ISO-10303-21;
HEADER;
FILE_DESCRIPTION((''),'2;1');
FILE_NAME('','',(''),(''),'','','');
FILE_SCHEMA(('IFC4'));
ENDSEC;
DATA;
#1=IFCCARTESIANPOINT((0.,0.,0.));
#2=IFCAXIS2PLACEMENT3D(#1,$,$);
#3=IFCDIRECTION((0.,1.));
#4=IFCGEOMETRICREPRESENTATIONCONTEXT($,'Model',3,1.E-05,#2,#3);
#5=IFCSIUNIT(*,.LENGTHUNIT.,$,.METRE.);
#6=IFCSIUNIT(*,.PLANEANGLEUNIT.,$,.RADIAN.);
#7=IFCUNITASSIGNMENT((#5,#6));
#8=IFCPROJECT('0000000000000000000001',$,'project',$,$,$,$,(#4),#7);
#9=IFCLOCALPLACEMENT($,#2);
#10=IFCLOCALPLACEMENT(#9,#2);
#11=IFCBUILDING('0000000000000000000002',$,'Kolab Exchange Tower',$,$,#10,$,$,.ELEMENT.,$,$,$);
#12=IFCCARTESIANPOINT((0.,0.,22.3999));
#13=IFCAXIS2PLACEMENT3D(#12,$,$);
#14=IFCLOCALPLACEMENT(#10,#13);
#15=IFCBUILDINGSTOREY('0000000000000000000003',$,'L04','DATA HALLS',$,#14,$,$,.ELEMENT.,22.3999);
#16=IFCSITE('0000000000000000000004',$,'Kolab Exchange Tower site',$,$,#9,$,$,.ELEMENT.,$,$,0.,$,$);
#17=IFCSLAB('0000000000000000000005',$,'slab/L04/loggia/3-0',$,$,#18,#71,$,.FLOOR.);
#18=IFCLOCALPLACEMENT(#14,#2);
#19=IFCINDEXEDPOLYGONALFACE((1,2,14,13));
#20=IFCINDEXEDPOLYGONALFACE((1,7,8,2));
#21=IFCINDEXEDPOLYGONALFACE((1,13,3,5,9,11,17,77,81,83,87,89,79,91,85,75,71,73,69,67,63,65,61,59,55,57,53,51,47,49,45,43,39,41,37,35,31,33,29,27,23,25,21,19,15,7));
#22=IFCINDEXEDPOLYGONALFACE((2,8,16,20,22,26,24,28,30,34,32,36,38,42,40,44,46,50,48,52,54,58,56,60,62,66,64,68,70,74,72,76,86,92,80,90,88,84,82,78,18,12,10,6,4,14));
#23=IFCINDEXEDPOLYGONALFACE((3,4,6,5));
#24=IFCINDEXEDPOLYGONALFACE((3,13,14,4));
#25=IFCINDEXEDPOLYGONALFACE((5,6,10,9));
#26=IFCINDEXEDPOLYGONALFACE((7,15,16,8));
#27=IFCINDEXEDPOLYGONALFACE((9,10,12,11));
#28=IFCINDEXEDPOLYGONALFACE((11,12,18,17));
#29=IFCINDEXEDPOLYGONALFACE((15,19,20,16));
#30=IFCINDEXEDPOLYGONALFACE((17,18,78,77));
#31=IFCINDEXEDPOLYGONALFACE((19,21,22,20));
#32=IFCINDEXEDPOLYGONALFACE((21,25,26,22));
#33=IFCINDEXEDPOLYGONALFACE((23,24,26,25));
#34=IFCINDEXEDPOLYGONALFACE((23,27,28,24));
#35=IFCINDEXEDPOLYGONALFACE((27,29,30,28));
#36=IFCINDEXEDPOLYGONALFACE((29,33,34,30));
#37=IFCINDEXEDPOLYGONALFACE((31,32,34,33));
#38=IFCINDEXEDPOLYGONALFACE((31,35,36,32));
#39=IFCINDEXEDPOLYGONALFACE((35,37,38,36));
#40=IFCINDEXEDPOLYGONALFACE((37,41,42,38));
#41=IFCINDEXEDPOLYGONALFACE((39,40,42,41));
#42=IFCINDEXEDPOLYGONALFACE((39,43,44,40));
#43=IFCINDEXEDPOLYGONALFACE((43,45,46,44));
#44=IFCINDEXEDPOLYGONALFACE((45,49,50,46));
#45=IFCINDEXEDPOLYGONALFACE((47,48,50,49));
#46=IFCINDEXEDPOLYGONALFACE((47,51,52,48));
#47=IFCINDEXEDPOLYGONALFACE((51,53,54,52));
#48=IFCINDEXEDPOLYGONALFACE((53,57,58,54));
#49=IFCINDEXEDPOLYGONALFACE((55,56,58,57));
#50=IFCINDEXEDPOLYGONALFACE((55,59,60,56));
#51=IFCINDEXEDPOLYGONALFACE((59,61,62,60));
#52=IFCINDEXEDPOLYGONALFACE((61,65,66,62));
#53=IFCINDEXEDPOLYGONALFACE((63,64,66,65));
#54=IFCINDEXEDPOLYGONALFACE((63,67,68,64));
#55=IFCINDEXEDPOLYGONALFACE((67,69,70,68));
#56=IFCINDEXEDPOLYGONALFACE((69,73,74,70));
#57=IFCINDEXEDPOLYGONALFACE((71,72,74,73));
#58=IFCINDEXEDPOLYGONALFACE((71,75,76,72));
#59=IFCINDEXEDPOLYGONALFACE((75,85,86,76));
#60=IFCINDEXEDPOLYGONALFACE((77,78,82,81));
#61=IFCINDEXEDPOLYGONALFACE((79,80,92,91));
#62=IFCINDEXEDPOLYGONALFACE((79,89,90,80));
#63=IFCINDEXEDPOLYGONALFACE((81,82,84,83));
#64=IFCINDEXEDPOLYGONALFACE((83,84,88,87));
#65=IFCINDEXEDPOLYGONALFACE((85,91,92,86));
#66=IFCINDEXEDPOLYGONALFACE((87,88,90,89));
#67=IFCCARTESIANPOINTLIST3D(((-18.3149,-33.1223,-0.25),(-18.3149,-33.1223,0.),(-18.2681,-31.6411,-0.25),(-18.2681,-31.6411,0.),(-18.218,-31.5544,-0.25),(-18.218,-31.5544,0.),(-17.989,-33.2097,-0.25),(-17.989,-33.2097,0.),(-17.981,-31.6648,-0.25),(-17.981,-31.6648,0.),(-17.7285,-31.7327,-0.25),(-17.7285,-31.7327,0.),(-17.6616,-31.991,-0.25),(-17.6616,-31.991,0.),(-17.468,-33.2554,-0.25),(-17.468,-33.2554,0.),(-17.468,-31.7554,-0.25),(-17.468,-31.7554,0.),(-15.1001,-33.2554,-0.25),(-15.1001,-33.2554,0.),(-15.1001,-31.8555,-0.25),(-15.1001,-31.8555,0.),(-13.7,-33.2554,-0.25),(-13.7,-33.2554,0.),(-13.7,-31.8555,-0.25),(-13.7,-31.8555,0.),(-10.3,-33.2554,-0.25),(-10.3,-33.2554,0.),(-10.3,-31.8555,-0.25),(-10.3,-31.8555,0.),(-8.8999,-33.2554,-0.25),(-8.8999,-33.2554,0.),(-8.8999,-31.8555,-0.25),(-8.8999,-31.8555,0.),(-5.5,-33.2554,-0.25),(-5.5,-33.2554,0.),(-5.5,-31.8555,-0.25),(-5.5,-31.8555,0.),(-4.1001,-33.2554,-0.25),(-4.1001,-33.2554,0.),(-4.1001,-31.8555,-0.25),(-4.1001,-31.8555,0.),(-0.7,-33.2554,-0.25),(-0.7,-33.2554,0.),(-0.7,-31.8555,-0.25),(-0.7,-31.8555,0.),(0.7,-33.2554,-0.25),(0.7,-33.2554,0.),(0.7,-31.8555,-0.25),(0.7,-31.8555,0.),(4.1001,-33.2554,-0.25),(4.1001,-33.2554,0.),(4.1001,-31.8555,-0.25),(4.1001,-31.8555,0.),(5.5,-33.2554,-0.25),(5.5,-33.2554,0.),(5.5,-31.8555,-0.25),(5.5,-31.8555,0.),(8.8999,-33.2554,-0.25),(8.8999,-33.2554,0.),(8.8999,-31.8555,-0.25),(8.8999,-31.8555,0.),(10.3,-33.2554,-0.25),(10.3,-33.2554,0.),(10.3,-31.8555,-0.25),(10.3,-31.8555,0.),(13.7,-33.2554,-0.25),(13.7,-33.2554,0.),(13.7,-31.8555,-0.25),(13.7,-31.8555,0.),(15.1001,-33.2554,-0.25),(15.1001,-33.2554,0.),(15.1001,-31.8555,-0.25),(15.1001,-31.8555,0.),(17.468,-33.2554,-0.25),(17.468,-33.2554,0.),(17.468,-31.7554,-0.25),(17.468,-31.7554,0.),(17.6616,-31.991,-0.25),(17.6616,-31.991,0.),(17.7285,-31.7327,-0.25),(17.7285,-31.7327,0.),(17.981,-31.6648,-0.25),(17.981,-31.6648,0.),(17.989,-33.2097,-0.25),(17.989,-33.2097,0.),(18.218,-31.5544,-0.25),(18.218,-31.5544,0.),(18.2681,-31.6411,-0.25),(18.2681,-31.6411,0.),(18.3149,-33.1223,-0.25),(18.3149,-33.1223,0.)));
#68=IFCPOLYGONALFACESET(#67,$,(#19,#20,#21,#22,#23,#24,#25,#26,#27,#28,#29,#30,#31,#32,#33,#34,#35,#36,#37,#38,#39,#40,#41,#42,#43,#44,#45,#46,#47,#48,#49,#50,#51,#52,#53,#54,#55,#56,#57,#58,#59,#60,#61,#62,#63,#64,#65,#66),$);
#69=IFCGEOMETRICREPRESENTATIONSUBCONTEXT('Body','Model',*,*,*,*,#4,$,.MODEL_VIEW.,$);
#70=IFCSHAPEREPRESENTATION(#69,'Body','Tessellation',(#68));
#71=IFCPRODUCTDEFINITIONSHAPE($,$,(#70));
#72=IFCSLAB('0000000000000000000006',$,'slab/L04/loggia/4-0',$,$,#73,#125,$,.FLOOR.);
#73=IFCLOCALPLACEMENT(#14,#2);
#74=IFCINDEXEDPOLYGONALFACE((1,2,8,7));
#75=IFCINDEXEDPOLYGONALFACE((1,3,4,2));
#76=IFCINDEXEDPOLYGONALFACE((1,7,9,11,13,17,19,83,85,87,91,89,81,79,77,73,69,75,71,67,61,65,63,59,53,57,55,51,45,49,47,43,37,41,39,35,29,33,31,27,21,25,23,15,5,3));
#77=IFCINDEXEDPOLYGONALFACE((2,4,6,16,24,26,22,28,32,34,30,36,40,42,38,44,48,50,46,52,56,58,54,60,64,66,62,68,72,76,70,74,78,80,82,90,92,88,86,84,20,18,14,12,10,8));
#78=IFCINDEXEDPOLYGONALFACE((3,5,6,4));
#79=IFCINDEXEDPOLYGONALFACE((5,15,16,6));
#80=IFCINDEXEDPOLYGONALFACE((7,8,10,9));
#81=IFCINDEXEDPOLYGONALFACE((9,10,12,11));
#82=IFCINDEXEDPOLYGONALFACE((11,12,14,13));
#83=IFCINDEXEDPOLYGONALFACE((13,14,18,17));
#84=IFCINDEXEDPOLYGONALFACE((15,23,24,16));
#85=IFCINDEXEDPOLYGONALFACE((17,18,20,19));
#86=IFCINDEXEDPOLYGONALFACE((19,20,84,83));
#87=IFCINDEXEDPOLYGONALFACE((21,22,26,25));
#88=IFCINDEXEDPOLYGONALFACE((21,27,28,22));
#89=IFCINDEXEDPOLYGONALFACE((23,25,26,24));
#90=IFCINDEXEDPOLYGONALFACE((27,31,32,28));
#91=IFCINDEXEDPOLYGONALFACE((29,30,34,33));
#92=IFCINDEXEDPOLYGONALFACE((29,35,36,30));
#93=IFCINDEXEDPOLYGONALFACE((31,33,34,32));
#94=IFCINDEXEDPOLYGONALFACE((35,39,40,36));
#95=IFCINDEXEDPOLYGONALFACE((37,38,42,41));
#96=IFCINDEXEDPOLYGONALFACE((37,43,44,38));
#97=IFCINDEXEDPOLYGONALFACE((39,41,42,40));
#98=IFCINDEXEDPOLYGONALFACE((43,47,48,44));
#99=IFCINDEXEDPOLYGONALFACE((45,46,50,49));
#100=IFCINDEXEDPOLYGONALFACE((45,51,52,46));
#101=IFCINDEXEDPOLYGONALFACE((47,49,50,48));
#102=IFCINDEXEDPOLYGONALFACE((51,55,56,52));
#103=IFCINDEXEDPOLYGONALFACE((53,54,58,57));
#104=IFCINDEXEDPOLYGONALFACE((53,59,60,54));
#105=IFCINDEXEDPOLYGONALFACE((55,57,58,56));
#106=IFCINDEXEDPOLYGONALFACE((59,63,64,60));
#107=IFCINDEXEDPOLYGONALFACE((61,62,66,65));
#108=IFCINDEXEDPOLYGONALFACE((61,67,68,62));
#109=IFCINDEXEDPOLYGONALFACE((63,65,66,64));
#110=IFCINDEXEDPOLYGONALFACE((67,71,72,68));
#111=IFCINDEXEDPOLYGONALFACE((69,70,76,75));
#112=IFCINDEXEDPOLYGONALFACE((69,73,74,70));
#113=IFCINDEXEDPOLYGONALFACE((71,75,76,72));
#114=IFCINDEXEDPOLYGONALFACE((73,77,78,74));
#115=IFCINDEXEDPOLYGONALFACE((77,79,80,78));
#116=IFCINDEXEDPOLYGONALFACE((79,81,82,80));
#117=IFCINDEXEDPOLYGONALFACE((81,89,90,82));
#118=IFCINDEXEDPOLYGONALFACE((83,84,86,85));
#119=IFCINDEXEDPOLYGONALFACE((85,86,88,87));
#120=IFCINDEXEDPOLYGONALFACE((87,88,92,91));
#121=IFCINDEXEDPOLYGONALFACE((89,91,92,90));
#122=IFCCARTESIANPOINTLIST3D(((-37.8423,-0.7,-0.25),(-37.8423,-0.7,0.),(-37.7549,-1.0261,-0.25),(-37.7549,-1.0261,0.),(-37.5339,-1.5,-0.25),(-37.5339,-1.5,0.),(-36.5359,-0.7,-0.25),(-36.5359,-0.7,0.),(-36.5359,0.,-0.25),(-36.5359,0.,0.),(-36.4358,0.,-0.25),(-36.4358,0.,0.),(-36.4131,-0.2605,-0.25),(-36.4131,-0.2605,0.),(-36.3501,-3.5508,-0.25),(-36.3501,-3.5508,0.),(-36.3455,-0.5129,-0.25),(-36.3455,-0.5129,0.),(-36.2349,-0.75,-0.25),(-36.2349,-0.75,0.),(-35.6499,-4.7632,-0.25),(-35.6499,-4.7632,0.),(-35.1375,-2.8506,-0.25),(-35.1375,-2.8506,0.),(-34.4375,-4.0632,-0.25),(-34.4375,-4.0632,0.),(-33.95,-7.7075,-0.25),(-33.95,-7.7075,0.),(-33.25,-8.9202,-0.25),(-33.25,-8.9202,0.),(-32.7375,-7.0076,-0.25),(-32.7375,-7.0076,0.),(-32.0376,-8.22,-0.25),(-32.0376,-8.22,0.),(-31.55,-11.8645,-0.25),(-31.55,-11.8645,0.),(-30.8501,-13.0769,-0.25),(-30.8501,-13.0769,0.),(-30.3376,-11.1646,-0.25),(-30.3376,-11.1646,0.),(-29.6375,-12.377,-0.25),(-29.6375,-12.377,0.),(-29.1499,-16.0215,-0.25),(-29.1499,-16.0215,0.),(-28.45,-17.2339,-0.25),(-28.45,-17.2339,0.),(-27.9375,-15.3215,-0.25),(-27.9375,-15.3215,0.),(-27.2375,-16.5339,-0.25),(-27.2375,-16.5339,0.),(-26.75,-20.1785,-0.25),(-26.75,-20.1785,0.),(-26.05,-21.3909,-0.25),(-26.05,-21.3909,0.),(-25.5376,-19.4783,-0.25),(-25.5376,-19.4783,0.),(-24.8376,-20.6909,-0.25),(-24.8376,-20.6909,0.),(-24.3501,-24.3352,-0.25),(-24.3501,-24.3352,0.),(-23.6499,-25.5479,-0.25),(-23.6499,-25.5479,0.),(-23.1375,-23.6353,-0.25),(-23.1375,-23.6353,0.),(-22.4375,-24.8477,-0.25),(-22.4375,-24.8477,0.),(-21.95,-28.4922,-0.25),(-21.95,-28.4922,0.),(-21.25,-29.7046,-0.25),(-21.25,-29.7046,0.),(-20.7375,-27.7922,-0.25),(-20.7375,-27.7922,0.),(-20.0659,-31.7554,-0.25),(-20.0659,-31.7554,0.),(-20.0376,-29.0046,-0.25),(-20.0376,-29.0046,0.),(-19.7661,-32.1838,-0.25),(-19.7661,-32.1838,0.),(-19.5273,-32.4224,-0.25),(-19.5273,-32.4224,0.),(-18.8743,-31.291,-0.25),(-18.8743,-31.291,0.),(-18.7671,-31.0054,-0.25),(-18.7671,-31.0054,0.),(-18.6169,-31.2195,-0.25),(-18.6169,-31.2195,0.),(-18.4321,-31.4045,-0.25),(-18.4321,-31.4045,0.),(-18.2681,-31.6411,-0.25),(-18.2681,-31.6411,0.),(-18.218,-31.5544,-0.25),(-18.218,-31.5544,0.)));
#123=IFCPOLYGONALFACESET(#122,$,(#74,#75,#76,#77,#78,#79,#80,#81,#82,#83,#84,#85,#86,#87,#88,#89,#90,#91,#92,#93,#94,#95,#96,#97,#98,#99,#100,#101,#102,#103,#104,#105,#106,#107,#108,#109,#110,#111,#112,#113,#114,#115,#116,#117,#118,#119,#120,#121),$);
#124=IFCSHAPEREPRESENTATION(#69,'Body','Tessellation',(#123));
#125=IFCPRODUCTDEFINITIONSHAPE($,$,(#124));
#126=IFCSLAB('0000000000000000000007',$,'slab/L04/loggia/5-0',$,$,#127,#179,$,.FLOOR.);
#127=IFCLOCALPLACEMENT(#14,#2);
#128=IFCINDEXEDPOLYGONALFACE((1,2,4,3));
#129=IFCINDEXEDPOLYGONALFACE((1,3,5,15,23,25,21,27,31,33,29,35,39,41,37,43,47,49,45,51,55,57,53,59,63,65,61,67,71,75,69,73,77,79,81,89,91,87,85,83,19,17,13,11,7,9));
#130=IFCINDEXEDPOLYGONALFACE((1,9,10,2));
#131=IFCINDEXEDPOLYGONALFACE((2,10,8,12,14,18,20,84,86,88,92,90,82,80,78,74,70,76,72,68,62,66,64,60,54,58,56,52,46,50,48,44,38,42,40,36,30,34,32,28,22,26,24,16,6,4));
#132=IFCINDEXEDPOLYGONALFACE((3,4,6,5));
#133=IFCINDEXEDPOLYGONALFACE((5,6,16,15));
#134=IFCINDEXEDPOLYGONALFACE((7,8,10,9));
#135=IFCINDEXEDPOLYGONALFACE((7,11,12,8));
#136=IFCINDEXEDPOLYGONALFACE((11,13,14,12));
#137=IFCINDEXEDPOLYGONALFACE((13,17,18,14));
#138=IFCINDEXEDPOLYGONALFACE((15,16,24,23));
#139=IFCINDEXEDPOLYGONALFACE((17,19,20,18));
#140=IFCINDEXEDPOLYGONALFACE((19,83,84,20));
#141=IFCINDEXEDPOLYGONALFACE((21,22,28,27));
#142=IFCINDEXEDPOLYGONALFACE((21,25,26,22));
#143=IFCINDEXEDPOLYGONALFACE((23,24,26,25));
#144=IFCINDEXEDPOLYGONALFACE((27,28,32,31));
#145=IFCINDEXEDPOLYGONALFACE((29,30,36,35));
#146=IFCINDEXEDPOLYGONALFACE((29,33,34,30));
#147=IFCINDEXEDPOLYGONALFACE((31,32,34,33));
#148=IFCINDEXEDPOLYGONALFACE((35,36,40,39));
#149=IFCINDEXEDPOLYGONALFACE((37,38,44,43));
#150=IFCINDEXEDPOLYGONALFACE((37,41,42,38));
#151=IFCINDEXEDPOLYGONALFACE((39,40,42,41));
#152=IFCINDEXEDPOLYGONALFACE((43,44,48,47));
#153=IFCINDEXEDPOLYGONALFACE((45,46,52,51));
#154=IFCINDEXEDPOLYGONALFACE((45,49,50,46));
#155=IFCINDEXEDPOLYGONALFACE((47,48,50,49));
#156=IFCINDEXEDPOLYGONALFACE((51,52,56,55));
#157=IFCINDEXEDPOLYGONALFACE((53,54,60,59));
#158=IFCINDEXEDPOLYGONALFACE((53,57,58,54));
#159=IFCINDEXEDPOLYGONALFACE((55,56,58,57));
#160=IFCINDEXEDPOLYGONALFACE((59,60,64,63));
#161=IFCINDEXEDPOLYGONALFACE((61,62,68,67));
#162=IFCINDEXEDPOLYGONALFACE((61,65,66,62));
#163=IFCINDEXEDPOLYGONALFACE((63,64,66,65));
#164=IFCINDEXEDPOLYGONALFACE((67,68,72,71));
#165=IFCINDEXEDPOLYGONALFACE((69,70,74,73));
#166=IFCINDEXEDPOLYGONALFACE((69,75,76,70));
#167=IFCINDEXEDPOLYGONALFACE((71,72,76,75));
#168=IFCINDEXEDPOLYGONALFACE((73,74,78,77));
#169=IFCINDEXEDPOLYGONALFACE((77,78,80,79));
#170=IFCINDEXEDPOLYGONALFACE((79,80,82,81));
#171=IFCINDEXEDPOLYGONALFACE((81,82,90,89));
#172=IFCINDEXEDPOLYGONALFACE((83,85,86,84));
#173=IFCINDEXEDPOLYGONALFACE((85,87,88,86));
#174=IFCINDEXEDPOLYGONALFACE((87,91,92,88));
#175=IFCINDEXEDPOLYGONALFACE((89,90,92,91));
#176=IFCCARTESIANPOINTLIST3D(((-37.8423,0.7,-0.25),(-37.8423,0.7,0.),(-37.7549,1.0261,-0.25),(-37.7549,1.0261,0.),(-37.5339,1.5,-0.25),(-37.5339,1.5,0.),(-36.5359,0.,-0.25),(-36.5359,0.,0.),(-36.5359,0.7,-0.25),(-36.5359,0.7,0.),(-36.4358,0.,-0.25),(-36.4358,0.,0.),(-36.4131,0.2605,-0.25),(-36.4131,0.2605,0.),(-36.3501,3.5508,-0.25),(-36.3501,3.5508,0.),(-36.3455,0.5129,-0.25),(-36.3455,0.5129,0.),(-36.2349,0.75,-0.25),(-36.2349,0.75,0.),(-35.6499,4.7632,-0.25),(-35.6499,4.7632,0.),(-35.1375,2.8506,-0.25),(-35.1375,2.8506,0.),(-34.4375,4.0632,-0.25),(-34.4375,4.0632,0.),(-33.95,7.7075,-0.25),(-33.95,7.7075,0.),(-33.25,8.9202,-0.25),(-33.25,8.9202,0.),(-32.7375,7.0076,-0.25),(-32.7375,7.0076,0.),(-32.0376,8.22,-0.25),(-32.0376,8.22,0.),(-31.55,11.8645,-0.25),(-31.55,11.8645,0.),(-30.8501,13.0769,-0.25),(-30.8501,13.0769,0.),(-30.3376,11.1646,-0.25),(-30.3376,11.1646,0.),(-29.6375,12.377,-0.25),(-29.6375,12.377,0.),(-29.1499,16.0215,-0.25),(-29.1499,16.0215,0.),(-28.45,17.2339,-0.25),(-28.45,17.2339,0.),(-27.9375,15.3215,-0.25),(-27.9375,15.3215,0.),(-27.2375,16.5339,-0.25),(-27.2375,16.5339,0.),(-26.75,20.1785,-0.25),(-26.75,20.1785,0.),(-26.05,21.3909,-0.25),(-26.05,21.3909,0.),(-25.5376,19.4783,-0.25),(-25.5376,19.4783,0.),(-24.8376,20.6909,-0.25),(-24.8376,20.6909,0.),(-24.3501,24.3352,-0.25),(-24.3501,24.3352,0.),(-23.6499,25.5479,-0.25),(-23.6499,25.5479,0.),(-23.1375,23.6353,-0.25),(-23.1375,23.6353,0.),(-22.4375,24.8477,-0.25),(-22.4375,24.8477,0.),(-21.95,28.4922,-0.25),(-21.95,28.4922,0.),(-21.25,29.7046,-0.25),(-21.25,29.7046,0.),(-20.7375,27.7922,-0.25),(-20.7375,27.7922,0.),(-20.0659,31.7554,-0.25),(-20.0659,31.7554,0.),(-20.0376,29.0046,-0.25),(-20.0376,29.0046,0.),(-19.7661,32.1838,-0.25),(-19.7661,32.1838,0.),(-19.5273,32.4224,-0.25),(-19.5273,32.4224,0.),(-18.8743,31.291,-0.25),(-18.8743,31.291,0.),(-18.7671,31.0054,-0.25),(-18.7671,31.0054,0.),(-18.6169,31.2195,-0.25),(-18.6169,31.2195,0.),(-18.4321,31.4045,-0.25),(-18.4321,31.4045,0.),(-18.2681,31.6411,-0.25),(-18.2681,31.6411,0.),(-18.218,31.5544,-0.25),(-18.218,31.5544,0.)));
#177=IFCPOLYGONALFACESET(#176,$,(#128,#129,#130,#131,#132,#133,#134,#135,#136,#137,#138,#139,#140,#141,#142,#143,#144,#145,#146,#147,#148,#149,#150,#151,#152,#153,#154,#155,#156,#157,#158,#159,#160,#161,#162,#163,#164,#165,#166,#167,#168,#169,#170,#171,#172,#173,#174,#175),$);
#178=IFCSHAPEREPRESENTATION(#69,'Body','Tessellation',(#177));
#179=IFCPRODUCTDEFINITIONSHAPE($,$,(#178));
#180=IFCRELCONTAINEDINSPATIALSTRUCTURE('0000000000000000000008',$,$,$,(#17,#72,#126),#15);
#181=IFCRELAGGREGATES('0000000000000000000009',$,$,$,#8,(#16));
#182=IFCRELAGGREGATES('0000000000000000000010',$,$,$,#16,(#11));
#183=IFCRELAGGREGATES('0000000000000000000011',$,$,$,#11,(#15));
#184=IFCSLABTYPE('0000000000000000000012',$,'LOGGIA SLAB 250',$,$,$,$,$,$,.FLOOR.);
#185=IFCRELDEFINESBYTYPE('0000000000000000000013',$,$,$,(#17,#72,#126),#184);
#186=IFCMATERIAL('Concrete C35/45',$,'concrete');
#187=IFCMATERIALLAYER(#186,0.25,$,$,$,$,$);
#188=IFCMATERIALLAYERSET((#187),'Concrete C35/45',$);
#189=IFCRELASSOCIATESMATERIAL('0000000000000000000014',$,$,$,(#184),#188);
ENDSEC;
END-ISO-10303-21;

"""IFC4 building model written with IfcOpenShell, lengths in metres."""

from ifc_helpers import new_model, si_unit, direction, frame, origin, place, context, subcontext, project, spatial, polyline, outline, extrude, material, layer, layer_set, type_object, element, save


model = new_model("IFC4")

# Units and contexts
model_context = context("Model", 3, precision=1e-05, world=origin(), true_north=direction((0.0, 1.0)))
body_context = subcontext(model_context, "Body", "Model", "MODEL_VIEW")
ifc_project = project(units=[si_unit("LENGTHUNIT", "METRE"), si_unit("PLANEANGLEUNIT", "RADIAN")], contexts=[model_context])

# Site, building, storey
site_placement = place(None, origin())
site = spatial("IfcSite", under=ifc_project, at=site_placement, Name="Kolab Exchange Tower site", CompositionType="ELEMENT", RefElevation=0.0)
building_placement = place(site_placement, origin())
building = spatial("IfcBuilding", under=site, at=building_placement, Name="Kolab Exchange Tower", CompositionType="ELEMENT")
storey_placement = place(building_placement, frame((0.0, 0.0, 22.3999)))
storey = spatial("IfcBuildingStorey", under=building, at=storey_placement, Name="L04", Description="DATA HALLS", CompositionType="ELEMENT", Elevation=22.3999)

# Slabs
ifc_material_1 = material(Name="Concrete C35/45", Category="concrete")
ifc_layer_1 = layer(ifc_material_1, 0.25)
ifc_layer_set_1 = layer_set([ifc_layer_1], Name="Concrete C35/45")
slab_type_1 = type_object("IfcSlabType", Name="LOGGIA SLAB 250", PredefinedType="FLOOR", material=ifc_layer_set_1)
slab_1_placement = place(storey_placement, frame((0.0, 0.0, -0.25)))
element("IfcSlab", 1, at=slab_1_placement, inside=storey, type_object=slab_type_1, Name="slab/L04/loggia/3-0", PredefinedType="FLOOR", context=body_context, shape_type="SweptSolid", body=[
    extrude(outline(polyline([(-18.218, -31.5544), (-18.2681, -31.6411), (-17.6616, -31.991), (-18.3149, -33.1223), (-17.989, -33.2097), (-17.468, -33.2554), (-15.1001, -33.2554), (-15.1001, -31.8555), (-13.7, -31.8555), (-13.7, -33.2554), (-10.3, -33.2554), (-10.3, -31.8555), (-8.8999, -31.8555), (-8.8999, -33.2554), (-5.5, -33.2554), (-5.5, -31.8555), (-4.1001, -31.8555), (-4.1001, -33.2554), (-0.7, -33.2554), (-0.7, -31.8555), (0.7, -31.8555), (0.7, -33.2554), (4.1001, -33.2554), (4.1001, -31.8555), (5.5, -31.8555), (5.5, -33.2554), (8.8999, -33.2554), (8.8999, -31.8555), (10.3, -31.8555), (10.3, -33.2554), (13.7, -33.2554), (13.7, -31.8555), (15.1001, -31.8555), (15.1001, -33.2554), (17.468, -33.2554), (17.989, -33.2097), (18.3149, -33.1223), (17.6616, -31.991), (18.2681, -31.6411), (18.218, -31.5544), (17.981, -31.6648), (17.7285, -31.7327), (17.468, -31.7554), (-17.468, -31.7554), (-17.7285, -31.7327), (-17.981, -31.6648), (-18.218, -31.5544)])), origin(), (0.0, 0.0, 1.0), 0.25),
])
slab_2_placement = place(storey_placement, frame((0.0, 0.0, -0.25)))
element("IfcSlab", 2, at=slab_2_placement, inside=storey, type_object=slab_type_1, Name="slab/L04/loggia/4-0", PredefinedType="FLOOR", context=body_context, shape_type="SweptSolid", body=[
    extrude(outline(polyline([(-36.4358, 0.0), (-36.5359, 0.0), (-36.5359, -0.7), (-37.8423, -0.7), (-37.7549, -1.0261), (-37.5339, -1.5), (-36.3501, -3.5508), (-35.1375, -2.8506), (-34.4375, -4.0632), (-35.6499, -4.7632), (-33.95, -7.7075), (-32.7375, -7.0076), (-32.0376, -8.22), (-33.25, -8.9202), (-31.55, -11.8645), (-30.3376, -11.1646), (-29.6375, -12.377), (-30.8501, -13.0769), (-29.1499, -16.0215), (-27.9375, -15.3215), (-27.2375, -16.5339), (-28.45, -17.2339), (-26.75, -20.1785), (-25.5376, -19.4783), (-24.8376, -20.6909), (-26.05, -21.3909), (-24.3501, -24.3352), (-23.1375, -23.6353), (-22.4375, -24.8477), (-23.6499, -25.5479), (-21.95, -28.4922), (-20.7375, -27.7922), (-20.0376, -29.0046), (-21.25, -29.7046), (-20.0659, -31.7554), (-19.7661, -32.1838), (-19.5273, -32.4224), (-18.8743, -31.291), (-18.2681, -31.6411), (-18.218, -31.5544), (-18.4321, -31.4045), (-18.6169, -31.2195), (-18.7671, -31.0054), (-36.2349, -0.75), (-36.3455, -0.5129), (-36.4131, -0.2605), (-36.4358, 0.0)])), origin(), (0.0, 0.0, 1.0), 0.25),
])
slab_3_placement = place(storey_placement, frame((0.0, 0.0, -0.25)))
element("IfcSlab", 3, at=slab_3_placement, inside=storey, type_object=slab_type_1, Name="slab/L04/loggia/5-0", PredefinedType="FLOOR", context=body_context, shape_type="SweptSolid", body=[
    extrude(outline(polyline([(-18.218, 31.5544), (-18.2681, 31.6411), (-18.8743, 31.291), (-19.5273, 32.4224), (-19.7661, 32.1838), (-20.0659, 31.7554), (-21.25, 29.7046), (-20.0376, 29.0046), (-20.7375, 27.7922), (-21.95, 28.4922), (-23.6499, 25.5479), (-22.4375, 24.8477), (-23.1375, 23.6353), (-24.3501, 24.3352), (-26.05, 21.3909), (-24.8376, 20.6909), (-25.5376, 19.4783), (-26.75, 20.1785), (-28.45, 17.2339), (-27.2375, 16.5339), (-27.9375, 15.3215), (-29.1499, 16.0215), (-30.8501, 13.0769), (-29.6375, 12.377), (-30.3376, 11.1646), (-31.55, 11.8645), (-33.25, 8.9202), (-32.0376, 8.22), (-32.7375, 7.0076), (-33.95, 7.7075), (-35.6499, 4.7632), (-34.4375, 4.0632), (-35.1375, 2.8506), (-36.3501, 3.5508), (-37.5339, 1.5), (-37.7549, 1.0261), (-37.8423, 0.7), (-36.5359, 0.7), (-36.5359, 0.0), (-36.4358, 0.0), (-36.4131, 0.2605), (-36.3455, 0.5129), (-36.2349, 0.75), (-18.7671, 31.0054), (-18.6169, 31.2195), (-18.4321, 31.4045), (-18.218, 31.5544)])), origin(), (0.0, 0.0, 1.0), 0.25),
])

save(model, "model.ifc")
